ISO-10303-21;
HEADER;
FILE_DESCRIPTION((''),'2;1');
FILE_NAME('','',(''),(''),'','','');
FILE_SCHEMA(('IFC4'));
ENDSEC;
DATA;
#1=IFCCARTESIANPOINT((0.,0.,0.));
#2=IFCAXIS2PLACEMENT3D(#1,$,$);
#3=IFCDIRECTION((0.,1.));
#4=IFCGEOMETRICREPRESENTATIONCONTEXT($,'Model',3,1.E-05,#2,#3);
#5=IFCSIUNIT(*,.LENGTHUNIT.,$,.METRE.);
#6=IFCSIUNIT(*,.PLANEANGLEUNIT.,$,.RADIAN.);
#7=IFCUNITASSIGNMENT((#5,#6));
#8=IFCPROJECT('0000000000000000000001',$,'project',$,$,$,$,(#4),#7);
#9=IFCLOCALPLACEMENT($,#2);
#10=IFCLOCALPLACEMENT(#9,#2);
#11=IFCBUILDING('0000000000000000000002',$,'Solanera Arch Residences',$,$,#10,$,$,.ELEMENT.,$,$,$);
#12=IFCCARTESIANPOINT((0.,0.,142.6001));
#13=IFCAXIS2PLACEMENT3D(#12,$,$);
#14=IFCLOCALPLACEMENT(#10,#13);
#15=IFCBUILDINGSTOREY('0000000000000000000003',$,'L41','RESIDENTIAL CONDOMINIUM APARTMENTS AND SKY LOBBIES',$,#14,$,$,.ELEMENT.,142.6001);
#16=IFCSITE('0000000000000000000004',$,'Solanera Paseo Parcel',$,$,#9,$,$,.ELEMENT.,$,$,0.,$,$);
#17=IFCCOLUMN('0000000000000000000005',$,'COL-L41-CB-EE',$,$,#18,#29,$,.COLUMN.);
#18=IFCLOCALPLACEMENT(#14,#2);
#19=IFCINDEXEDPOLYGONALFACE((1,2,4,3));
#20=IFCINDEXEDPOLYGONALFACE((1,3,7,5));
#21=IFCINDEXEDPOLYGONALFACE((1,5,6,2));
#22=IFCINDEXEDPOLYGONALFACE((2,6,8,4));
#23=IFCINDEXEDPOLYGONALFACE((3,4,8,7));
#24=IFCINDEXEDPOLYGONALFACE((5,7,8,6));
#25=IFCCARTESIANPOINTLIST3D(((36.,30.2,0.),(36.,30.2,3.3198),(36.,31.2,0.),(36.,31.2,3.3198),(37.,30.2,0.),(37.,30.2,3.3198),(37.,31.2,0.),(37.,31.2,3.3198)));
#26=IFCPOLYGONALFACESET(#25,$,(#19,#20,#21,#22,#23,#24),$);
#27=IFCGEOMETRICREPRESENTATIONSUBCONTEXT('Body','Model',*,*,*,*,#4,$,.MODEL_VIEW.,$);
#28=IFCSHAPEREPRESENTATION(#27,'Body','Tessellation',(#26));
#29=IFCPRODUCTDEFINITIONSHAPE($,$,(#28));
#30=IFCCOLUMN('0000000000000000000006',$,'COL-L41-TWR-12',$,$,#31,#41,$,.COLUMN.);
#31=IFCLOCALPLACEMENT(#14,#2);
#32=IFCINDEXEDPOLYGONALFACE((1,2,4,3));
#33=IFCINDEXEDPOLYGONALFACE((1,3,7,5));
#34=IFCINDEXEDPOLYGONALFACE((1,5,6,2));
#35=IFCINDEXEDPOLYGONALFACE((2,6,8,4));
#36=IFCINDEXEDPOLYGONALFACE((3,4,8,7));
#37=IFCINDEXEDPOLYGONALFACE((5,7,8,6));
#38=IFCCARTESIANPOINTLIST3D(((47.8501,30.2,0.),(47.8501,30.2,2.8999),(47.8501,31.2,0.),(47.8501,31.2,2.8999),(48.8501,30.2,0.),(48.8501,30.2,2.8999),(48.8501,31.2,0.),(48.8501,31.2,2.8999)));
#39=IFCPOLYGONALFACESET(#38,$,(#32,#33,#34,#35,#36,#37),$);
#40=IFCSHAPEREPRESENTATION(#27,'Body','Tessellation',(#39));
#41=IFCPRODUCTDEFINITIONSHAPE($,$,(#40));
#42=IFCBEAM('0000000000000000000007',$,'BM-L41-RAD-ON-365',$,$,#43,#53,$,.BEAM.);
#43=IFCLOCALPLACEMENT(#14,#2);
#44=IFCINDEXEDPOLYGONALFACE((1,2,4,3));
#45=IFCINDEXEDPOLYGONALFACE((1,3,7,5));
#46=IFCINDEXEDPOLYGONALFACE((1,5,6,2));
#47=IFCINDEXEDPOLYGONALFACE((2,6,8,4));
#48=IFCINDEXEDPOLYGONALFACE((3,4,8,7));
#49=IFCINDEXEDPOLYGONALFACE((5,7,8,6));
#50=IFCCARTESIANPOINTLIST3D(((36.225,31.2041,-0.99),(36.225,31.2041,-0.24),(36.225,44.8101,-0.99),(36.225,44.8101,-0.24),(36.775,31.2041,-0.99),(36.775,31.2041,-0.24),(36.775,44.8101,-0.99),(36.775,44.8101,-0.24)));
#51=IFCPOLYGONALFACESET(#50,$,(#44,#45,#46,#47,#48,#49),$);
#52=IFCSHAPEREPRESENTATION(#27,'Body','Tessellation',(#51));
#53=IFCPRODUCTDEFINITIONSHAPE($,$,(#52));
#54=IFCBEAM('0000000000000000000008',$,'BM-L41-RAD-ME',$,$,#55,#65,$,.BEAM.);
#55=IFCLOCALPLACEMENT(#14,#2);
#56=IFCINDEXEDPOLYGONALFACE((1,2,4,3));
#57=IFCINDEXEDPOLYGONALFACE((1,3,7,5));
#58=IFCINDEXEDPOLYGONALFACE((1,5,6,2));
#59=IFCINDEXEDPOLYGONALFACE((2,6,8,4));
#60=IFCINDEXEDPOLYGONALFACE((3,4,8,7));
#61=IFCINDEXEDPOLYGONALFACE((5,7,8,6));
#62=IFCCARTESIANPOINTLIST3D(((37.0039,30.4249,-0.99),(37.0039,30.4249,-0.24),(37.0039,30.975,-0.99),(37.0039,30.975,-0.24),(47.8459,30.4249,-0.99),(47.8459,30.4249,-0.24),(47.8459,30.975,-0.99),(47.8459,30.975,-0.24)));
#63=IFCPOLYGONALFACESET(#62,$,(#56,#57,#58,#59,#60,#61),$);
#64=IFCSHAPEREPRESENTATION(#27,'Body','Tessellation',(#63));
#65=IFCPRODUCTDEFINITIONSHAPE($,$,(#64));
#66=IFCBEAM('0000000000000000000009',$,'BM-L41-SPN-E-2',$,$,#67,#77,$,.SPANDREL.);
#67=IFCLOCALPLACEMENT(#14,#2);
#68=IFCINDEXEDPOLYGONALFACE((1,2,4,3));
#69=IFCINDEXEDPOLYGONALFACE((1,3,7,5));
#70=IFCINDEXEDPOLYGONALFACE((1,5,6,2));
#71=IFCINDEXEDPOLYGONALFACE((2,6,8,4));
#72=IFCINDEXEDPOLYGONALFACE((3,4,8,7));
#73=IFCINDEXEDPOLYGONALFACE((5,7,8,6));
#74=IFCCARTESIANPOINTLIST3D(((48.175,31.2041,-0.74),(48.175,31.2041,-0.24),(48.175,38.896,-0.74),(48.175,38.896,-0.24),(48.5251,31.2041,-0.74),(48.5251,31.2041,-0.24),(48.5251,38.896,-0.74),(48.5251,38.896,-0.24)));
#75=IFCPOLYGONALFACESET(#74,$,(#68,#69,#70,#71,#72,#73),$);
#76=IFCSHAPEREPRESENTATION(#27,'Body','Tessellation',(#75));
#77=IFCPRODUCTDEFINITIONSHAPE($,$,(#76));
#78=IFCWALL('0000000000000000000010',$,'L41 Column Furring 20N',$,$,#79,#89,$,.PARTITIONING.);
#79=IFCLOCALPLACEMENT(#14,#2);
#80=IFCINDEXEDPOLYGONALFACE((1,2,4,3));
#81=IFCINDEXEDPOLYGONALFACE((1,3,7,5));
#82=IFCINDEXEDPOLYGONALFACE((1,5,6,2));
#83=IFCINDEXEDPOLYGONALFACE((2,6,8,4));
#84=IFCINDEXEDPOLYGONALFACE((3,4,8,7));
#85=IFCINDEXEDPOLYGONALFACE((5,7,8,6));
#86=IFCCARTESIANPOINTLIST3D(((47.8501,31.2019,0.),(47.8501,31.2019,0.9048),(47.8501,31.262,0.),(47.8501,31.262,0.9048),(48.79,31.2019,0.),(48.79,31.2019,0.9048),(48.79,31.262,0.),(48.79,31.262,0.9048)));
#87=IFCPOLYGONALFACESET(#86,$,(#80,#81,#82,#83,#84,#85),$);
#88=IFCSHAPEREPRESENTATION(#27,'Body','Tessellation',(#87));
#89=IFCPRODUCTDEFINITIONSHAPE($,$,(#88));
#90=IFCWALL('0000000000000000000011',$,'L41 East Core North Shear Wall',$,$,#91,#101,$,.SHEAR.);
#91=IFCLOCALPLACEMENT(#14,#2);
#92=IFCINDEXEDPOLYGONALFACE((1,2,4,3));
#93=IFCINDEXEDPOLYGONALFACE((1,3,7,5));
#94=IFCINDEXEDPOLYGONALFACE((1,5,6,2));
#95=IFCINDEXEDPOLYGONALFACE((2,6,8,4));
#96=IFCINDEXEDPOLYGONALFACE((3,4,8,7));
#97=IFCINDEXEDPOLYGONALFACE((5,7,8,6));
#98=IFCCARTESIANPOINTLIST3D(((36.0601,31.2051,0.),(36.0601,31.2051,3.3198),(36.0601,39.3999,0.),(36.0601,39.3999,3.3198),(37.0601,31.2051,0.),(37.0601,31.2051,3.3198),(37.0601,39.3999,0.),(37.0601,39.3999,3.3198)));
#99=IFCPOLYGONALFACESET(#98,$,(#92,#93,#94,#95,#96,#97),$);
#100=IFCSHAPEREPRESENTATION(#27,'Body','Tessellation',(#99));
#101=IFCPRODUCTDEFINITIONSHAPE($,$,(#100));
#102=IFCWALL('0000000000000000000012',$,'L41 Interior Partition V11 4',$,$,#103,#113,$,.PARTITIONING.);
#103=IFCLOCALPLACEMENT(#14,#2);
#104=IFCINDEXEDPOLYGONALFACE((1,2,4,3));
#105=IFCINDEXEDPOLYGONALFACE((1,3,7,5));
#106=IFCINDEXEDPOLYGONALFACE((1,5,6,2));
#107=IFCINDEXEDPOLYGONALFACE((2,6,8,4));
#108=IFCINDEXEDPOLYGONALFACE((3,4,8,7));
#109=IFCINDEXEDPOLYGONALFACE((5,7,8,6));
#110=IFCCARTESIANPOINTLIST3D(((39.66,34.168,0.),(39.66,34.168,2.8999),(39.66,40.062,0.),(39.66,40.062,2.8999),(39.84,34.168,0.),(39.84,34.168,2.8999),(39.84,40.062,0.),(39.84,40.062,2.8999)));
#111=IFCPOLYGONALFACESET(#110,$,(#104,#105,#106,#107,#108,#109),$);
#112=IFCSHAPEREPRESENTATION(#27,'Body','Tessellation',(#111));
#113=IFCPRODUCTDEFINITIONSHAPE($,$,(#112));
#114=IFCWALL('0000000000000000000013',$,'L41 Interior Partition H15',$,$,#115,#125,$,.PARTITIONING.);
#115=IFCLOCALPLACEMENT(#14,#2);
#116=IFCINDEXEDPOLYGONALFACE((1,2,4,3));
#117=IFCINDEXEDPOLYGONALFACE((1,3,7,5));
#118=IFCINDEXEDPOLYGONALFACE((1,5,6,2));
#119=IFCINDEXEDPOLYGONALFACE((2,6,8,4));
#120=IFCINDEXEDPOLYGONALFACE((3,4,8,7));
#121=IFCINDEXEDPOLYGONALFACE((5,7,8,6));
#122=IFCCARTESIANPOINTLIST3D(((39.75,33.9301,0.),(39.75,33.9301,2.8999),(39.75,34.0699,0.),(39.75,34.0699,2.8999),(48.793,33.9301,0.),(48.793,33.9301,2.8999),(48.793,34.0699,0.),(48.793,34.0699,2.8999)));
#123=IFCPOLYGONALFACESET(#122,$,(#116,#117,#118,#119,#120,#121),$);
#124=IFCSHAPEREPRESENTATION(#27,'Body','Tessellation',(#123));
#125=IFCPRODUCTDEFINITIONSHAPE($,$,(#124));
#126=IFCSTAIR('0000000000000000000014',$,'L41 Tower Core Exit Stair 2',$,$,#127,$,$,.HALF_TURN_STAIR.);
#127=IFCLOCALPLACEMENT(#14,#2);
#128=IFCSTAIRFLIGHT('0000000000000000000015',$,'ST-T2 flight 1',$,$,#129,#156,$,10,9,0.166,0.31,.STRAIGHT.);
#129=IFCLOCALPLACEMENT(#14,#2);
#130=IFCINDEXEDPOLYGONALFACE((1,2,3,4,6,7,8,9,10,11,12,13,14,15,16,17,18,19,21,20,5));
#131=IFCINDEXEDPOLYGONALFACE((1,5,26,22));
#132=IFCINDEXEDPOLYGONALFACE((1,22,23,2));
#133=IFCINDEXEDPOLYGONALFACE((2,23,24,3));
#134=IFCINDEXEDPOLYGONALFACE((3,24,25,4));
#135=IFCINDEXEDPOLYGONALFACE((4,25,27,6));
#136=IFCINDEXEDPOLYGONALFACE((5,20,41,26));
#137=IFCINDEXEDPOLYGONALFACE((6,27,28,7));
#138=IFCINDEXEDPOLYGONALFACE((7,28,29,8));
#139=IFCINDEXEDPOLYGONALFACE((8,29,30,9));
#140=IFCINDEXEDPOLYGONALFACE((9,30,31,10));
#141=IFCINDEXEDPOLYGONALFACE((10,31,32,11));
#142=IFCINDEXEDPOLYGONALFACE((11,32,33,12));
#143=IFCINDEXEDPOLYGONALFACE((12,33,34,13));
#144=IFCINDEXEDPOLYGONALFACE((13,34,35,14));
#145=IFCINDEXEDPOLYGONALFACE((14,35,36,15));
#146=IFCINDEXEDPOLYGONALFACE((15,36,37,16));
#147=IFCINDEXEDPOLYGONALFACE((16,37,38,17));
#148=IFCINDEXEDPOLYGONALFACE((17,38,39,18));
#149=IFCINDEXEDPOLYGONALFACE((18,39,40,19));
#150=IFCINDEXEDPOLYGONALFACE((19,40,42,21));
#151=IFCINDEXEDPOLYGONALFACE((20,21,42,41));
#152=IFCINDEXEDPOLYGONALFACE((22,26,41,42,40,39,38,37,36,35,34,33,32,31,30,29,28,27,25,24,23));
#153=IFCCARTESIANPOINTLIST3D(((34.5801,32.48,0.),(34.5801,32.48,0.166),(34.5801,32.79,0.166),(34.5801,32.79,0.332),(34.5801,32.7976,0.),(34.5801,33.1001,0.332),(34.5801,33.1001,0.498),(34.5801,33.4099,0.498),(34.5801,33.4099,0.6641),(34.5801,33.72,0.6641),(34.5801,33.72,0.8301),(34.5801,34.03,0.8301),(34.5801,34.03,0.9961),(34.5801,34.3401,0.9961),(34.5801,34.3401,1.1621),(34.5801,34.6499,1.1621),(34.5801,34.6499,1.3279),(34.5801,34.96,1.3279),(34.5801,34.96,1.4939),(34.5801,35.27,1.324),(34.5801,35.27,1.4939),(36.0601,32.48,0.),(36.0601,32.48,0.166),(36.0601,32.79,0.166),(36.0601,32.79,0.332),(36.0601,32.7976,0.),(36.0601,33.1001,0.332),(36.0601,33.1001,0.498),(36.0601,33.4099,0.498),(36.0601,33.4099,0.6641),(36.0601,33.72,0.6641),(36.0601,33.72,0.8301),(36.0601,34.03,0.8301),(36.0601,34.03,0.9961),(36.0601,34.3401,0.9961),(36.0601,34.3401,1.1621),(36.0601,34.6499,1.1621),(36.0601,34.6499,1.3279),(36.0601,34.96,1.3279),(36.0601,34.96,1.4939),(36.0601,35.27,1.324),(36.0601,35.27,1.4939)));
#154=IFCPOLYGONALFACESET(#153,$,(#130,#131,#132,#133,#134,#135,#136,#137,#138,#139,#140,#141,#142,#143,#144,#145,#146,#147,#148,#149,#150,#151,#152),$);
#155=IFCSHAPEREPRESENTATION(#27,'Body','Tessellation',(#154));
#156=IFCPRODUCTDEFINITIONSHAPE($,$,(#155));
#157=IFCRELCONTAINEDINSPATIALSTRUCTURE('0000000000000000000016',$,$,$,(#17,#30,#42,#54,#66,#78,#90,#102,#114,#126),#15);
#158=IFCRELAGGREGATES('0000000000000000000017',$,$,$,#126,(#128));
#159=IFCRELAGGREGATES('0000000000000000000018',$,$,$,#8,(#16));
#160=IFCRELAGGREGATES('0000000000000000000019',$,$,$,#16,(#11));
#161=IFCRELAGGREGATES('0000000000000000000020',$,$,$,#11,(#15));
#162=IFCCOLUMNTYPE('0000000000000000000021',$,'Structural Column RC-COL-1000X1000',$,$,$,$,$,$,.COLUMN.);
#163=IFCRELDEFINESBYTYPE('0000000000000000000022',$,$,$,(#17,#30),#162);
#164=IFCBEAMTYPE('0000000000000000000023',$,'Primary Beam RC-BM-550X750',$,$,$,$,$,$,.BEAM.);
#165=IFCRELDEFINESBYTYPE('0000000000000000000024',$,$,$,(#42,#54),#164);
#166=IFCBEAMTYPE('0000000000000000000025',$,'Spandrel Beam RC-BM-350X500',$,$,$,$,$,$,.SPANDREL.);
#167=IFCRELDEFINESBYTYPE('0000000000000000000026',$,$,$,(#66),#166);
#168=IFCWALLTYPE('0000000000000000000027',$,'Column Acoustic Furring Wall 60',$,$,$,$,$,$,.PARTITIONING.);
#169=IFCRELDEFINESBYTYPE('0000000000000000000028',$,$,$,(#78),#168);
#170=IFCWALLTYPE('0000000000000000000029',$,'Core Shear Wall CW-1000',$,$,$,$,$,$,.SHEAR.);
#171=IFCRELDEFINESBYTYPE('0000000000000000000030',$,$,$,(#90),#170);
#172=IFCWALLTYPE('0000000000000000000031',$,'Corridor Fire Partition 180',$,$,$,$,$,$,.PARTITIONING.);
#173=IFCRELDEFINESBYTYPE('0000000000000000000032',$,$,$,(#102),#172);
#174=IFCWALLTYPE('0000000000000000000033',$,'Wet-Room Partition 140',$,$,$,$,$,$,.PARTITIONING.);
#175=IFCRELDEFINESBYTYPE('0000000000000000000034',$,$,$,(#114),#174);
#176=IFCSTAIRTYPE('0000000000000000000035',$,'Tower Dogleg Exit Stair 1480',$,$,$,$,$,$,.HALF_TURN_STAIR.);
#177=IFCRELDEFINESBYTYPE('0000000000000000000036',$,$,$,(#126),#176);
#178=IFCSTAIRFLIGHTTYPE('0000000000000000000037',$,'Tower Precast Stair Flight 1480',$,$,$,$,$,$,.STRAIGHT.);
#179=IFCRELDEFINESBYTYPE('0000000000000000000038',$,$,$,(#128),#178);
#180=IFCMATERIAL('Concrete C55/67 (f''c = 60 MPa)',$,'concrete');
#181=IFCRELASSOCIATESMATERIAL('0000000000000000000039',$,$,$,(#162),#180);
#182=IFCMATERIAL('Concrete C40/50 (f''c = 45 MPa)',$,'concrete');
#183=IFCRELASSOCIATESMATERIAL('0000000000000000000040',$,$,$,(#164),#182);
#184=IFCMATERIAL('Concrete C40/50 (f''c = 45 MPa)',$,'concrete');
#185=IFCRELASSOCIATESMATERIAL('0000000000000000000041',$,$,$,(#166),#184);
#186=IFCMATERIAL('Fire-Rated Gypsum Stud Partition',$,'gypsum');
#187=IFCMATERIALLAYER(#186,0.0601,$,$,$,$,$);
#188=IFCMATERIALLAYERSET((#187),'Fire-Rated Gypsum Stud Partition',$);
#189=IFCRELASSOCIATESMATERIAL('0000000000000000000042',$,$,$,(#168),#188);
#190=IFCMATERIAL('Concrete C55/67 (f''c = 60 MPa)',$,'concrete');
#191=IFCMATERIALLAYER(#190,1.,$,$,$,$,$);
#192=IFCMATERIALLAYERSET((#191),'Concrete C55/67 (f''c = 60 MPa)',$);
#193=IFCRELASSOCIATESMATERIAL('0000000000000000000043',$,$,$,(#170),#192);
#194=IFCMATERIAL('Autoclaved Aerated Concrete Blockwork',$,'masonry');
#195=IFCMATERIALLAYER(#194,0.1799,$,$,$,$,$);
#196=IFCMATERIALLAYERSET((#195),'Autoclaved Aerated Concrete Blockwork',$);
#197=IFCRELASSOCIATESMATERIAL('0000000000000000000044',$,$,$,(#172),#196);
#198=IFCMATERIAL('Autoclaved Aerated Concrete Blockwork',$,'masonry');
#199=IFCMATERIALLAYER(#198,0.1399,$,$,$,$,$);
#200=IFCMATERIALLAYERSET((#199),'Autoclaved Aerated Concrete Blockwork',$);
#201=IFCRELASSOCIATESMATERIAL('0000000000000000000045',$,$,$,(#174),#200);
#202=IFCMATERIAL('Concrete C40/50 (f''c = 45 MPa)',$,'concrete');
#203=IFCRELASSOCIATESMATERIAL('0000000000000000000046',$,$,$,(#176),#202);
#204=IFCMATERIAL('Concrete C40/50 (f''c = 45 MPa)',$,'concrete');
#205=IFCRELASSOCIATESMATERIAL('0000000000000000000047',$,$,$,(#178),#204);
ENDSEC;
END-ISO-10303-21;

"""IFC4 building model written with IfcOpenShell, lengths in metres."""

from ifc_helpers import new_model, si_unit, direction, frame, frame_2d, origin, origin_2d, place, context, subcontext, project, spatial, polyline, rectangle, outline, extrude, material, layer, layer_set, material_profile, profile_set, type_object, element, aggregate, save


model = new_model("IFC4")

# Units and contexts
model_context = context("Model", 3, precision=1e-05, world=origin(), true_north=direction((0.0, 1.0)))
body_context = subcontext(model_context, "Body", "Model", "MODEL_VIEW")
ifc_project = project(units=[si_unit("LENGTHUNIT", "METRE"), si_unit("PLANEANGLEUNIT", "RADIAN")], contexts=[model_context])

# Site, building, storey
site_placement = place(None, origin())
site = spatial("IfcSite", under=ifc_project, at=site_placement, Name="Solanera Paseo Parcel", CompositionType="ELEMENT", RefElevation=0.0)
building_placement = place(site_placement, origin())
building = spatial("IfcBuilding", under=site, at=building_placement, Name="Solanera Arch Residences", CompositionType="ELEMENT")
storey_placement = place(building_placement, frame((0.0, 0.0, 142.6001)))
storey = spatial("IfcBuildingStorey", under=building, at=storey_placement, Name="L41", Description="RESIDENTIAL CONDOMINIUM APARTMENTS AND SKY LOBBIES", CompositionType="ELEMENT", Elevation=142.6001)

# Columns
ifc_material_1 = material(Name="Concrete C55/67 (f'c = 60 MPa)", Category="concrete")
ifc_material_profile_1 = material_profile(ifc_material_1, rectangle(XDim=1.0, YDim=1.0, at=origin_2d()))
ifc_profile_set_1 = profile_set([ifc_material_profile_1], Name="Concrete C55/67 (f'c = 60 MPa)")
column_type = type_object("IfcColumnType", Name="Structural Column RC-COL-1000X1000", PredefinedType="COLUMN", material=ifc_profile_set_1)
column_1_placement = place(storey_placement, frame((36.5, 30.7, 0.0), z_axis=(0.0, 0.0, 1.0), x_axis=(1.0, 0.0, 0.0)))
element("IfcColumn", 1, at=column_1_placement, inside=storey, type_object=column_type, Name="COL-L41-CB-EE", PredefinedType="COLUMN", context=body_context, shape_type="SweptSolid", body=[
    extrude(rectangle(XDim=1.0, YDim=1.0, at=origin_2d()), origin(), (0.0, 0.0, 1.0), 3.3198),
])
column_2_placement = place(storey_placement, frame((48.3501, 30.7, 0.0), z_axis=(0.0, 0.0, 1.0), x_axis=(1.0, 0.0, 0.0)))
element("IfcColumn", 2, at=column_2_placement, inside=storey, type_object=column_type, Name="COL-L41-TWR-12", PredefinedType="COLUMN", context=body_context, shape_type="SweptSolid", body=[
    extrude(rectangle(XDim=1.0, YDim=1.0, at=origin_2d()), origin(), (0.0, 0.0, 1.0), 2.8999),
])

# Beams
ifc_material_2 = material(Name="Concrete C40/50 (f'c = 45 MPa)", Category="concrete")
ifc_material_profile_2 = material_profile(ifc_material_2, rectangle(XDim=0.55, YDim=0.75, at=origin_2d()))
ifc_profile_set_2 = profile_set([ifc_material_profile_2], Name="Concrete C40/50 (f'c = 45 MPa)")
beam_type_1 = type_object("IfcBeamType", Name="Primary Beam RC-BM-550X750", PredefinedType="BEAM", material=ifc_profile_set_2)
beam_1_placement = place(storey_placement, frame((36.5, 31.2041, -0.615), z_axis=(0.0, 1.0, 0.0), x_axis=(-1.0, 0.0, 0.0)))
element("IfcBeam", 3, at=beam_1_placement, inside=storey, type_object=beam_type_1, Name="BM-L41-RAD-ON-365", PredefinedType="BEAM", context=body_context, shape_type="SweptSolid", body=[
    extrude(rectangle(XDim=0.55, YDim=0.75, at=origin_2d()), origin(), (0.0, 0.0, 1.0), 13.606),
])
beam_2_placement = place(storey_placement, frame((37.0039, 30.7, -0.615), z_axis=(1.0, 0.0, 0.0), x_axis=(0.0, 1.0, 0.0)))
element("IfcBeam", 4, at=beam_2_placement, inside=storey, type_object=beam_type_1, Name="BM-L41-RAD-ME", PredefinedType="BEAM", context=body_context, shape_type="SweptSolid", body=[
    extrude(rectangle(XDim=0.55, YDim=0.75, at=origin_2d()), origin(), (0.0, 0.0, 1.0), 10.842),
])
ifc_material_3 = material(Name="Concrete C40/50 (f'c = 45 MPa)", Category="concrete")
ifc_material_profile_3 = material_profile(ifc_material_3, rectangle(XDim=0.3501, YDim=0.5, at=origin_2d()))
ifc_profile_set_3 = profile_set([ifc_material_profile_3], Name="Concrete C40/50 (f'c = 45 MPa)")
beam_type_2 = type_object("IfcBeamType", Name="Spandrel Beam RC-BM-350X500", PredefinedType="SPANDREL", material=ifc_profile_set_3)
beam_3_placement = place(storey_placement, frame((48.3501, 31.2041, -0.49), z_axis=(0.0, 1.0, 0.0), x_axis=(-1.0, 0.0, 0.0)))
element("IfcBeam", 5, at=beam_3_placement, inside=storey, type_object=beam_type_2, Name="BM-L41-SPN-E-2", PredefinedType="SPANDREL", context=body_context, shape_type="SweptSolid", body=[
    extrude(rectangle(XDim=0.3501, YDim=0.5, at=origin_2d()), origin(), (0.0, 0.0, 1.0), 7.6919),
])

# Walls
ifc_material_4 = material(Name="Fire-Rated Gypsum Stud Partition", Category="gypsum")
ifc_layer_1 = layer(ifc_material_4, 0.0601)
ifc_layer_set_1 = layer_set([ifc_layer_1], Name="Fire-Rated Gypsum Stud Partition")
wall_type_1 = type_object("IfcWallType", Name="Column Acoustic Furring Wall 60", PredefinedType="PARTITIONING", material=ifc_layer_set_1)
wall_1_placement = place(storey_placement, frame((47.8501, 31.2319, 0.0), z_axis=(0.0, 0.0, 1.0), x_axis=(1.0, 0.0, 0.0)))
element("IfcWall", 6, at=wall_1_placement, inside=storey, type_object=wall_type_1, Name="L41 Column Furring 20N", PredefinedType="PARTITIONING", context=body_context, shape_type="SweptSolid", body=[
    extrude(rectangle(XDim=0.9399, YDim=0.0601, at=frame_2d((0.47, 0.0))), origin(), (0.0, 0.0, 1.0), 0.9048),
])
ifc_material_5 = material(Name="Concrete C55/67 (f'c = 60 MPa)", Category="concrete")
ifc_layer_2 = layer(ifc_material_5, 1.0)
ifc_layer_set_2 = layer_set([ifc_layer_2], Name="Concrete C55/67 (f'c = 60 MPa)")
wall_type_2 = type_object("IfcWallType", Name="Core Shear Wall CW-1000", PredefinedType="SHEAR", material=ifc_layer_set_2)
wall_2_placement = place(storey_placement, frame((36.5601, 31.2051, 0.0), z_axis=(0.0, 0.0, 1.0), x_axis=(0.0, 1.0, 0.0)))
element("IfcWall", 7, at=wall_2_placement, inside=storey, type_object=wall_type_2, Name="L41 East Core North Shear Wall", PredefinedType="SHEAR", context=body_context, shape_type="SweptSolid", body=[
    extrude(rectangle(XDim=8.1948, YDim=1.0, at=frame_2d((4.0974, 0.0))), origin(), (0.0, 0.0, 1.0), 3.3198),
])

# Walls
ifc_material_6 = material(Name="Autoclaved Aerated Concrete Blockwork", Category="masonry")
ifc_layer_3 = layer(ifc_material_6, 0.1799)
ifc_layer_set_3 = layer_set([ifc_layer_3], Name="Autoclaved Aerated Concrete Blockwork")
wall_type_3 = type_object("IfcWallType", Name="Corridor Fire Partition 180", PredefinedType="PARTITIONING", material=ifc_layer_set_3)
wall_3_placement = place(storey_placement, frame((39.75, 34.168, 0.0), z_axis=(0.0, 0.0, 1.0), x_axis=(0.0, 1.0, 0.0)))
element("IfcWall", 8, at=wall_3_placement, inside=storey, type_object=wall_type_3, Name="L41 Interior Partition V11 4", PredefinedType="PARTITIONING", context=body_context, shape_type="SweptSolid", body=[
    extrude(rectangle(XDim=5.894, YDim=0.1799, at=frame_2d((2.947, 0.0))), origin(), (0.0, 0.0, 1.0), 2.8999),
])
ifc_material_7 = material(Name="Autoclaved Aerated Concrete Blockwork", Category="masonry")
ifc_layer_4 = layer(ifc_material_7, 0.1399)
ifc_layer_set_4 = layer_set([ifc_layer_4], Name="Autoclaved Aerated Concrete Blockwork")
wall_type_4 = type_object("IfcWallType", Name="Wet-Room Partition 140", PredefinedType="PARTITIONING", material=ifc_layer_set_4)
wall_4_placement = place(storey_placement, frame((39.75, 34.0, 0.0), z_axis=(0.0, 0.0, 1.0), x_axis=(1.0, 0.0, 0.0)))
element("IfcWall", 9, at=wall_4_placement, inside=storey, type_object=wall_type_4, Name="L41 Interior Partition H15", PredefinedType="PARTITIONING", context=body_context, shape_type="SweptSolid", body=[
    extrude(rectangle(XDim=9.043, YDim=0.1399, at=frame_2d((4.5215, 0.0))), origin(), (0.0, 0.0, 1.0), 2.8999),
])

# Stair, stair flight
ifc_material_8 = material(Name="Concrete C40/50 (f'c = 45 MPa)", Category="concrete")
stair_type = type_object("IfcStairType", Name="Tower Dogleg Exit Stair 1480", PredefinedType="HALF_TURN_STAIR", material=ifc_material_8)
stair_placement = place(storey_placement, origin())
stair = element("IfcStair", 10, at=stair_placement, inside=storey, type_object=stair_type, Name="L41 Tower Core Exit Stair 2", PredefinedType="HALF_TURN_STAIR")
ifc_material_9 = material(Name="Concrete C40/50 (f'c = 45 MPa)", Category="concrete")
stair_flight_type = type_object("IfcStairFlightType", Name="Tower Precast Stair Flight 1480", PredefinedType="STRAIGHT", material=ifc_material_9)
stair_flight_1_placement = place(storey_placement, frame((35.3201, 32.48, 0.0), z_axis=(0.0, 0.0, 1.0), x_axis=(0.0, 1.0, 0.0)))
stair_flight_1 = element("IfcStairFlight", 11, at=stair_flight_1_placement, type_object=stair_flight_type, Name="ST-T2 flight 1", NumberOfRisers=10, NumberOfTreads=9, PredefinedType="STRAIGHT", RiserHeight=0.166, TreadLength=0.31, context=body_context, shape_type="SweptSolid", body=[
    extrude(outline(polyline([(0.0, 0.0), (0.0, 0.166), (0.3101, 0.166), (0.3101, 0.332), (0.6201, 0.332), (0.6201, 0.498), (0.9299, 0.498), (0.9299, 0.6641), (1.24, 0.6641), (1.24, 0.8301), (1.55, 0.8301), (1.55, 0.9961), (1.8601, 0.9961), (1.8601, 1.1621), (2.1699, 1.1621), (2.1699, 1.3279), (2.48, 1.3279), (2.48, 1.4939), (2.79, 1.4939), (2.79, 1.6599), (2.79, 1.324), (0.3176, 0.0), (0.0, 0.0)])), frame((0.0, 0.74, 0.0), z_axis=(0.0, -1.0, 0.0), x_axis=(1.0, 0.0, 0.0)), (0.0, 0.0, 1.0), 1.48),
])
aggregate(stair, [stair_flight_1])

save(model, "model.ifc")
